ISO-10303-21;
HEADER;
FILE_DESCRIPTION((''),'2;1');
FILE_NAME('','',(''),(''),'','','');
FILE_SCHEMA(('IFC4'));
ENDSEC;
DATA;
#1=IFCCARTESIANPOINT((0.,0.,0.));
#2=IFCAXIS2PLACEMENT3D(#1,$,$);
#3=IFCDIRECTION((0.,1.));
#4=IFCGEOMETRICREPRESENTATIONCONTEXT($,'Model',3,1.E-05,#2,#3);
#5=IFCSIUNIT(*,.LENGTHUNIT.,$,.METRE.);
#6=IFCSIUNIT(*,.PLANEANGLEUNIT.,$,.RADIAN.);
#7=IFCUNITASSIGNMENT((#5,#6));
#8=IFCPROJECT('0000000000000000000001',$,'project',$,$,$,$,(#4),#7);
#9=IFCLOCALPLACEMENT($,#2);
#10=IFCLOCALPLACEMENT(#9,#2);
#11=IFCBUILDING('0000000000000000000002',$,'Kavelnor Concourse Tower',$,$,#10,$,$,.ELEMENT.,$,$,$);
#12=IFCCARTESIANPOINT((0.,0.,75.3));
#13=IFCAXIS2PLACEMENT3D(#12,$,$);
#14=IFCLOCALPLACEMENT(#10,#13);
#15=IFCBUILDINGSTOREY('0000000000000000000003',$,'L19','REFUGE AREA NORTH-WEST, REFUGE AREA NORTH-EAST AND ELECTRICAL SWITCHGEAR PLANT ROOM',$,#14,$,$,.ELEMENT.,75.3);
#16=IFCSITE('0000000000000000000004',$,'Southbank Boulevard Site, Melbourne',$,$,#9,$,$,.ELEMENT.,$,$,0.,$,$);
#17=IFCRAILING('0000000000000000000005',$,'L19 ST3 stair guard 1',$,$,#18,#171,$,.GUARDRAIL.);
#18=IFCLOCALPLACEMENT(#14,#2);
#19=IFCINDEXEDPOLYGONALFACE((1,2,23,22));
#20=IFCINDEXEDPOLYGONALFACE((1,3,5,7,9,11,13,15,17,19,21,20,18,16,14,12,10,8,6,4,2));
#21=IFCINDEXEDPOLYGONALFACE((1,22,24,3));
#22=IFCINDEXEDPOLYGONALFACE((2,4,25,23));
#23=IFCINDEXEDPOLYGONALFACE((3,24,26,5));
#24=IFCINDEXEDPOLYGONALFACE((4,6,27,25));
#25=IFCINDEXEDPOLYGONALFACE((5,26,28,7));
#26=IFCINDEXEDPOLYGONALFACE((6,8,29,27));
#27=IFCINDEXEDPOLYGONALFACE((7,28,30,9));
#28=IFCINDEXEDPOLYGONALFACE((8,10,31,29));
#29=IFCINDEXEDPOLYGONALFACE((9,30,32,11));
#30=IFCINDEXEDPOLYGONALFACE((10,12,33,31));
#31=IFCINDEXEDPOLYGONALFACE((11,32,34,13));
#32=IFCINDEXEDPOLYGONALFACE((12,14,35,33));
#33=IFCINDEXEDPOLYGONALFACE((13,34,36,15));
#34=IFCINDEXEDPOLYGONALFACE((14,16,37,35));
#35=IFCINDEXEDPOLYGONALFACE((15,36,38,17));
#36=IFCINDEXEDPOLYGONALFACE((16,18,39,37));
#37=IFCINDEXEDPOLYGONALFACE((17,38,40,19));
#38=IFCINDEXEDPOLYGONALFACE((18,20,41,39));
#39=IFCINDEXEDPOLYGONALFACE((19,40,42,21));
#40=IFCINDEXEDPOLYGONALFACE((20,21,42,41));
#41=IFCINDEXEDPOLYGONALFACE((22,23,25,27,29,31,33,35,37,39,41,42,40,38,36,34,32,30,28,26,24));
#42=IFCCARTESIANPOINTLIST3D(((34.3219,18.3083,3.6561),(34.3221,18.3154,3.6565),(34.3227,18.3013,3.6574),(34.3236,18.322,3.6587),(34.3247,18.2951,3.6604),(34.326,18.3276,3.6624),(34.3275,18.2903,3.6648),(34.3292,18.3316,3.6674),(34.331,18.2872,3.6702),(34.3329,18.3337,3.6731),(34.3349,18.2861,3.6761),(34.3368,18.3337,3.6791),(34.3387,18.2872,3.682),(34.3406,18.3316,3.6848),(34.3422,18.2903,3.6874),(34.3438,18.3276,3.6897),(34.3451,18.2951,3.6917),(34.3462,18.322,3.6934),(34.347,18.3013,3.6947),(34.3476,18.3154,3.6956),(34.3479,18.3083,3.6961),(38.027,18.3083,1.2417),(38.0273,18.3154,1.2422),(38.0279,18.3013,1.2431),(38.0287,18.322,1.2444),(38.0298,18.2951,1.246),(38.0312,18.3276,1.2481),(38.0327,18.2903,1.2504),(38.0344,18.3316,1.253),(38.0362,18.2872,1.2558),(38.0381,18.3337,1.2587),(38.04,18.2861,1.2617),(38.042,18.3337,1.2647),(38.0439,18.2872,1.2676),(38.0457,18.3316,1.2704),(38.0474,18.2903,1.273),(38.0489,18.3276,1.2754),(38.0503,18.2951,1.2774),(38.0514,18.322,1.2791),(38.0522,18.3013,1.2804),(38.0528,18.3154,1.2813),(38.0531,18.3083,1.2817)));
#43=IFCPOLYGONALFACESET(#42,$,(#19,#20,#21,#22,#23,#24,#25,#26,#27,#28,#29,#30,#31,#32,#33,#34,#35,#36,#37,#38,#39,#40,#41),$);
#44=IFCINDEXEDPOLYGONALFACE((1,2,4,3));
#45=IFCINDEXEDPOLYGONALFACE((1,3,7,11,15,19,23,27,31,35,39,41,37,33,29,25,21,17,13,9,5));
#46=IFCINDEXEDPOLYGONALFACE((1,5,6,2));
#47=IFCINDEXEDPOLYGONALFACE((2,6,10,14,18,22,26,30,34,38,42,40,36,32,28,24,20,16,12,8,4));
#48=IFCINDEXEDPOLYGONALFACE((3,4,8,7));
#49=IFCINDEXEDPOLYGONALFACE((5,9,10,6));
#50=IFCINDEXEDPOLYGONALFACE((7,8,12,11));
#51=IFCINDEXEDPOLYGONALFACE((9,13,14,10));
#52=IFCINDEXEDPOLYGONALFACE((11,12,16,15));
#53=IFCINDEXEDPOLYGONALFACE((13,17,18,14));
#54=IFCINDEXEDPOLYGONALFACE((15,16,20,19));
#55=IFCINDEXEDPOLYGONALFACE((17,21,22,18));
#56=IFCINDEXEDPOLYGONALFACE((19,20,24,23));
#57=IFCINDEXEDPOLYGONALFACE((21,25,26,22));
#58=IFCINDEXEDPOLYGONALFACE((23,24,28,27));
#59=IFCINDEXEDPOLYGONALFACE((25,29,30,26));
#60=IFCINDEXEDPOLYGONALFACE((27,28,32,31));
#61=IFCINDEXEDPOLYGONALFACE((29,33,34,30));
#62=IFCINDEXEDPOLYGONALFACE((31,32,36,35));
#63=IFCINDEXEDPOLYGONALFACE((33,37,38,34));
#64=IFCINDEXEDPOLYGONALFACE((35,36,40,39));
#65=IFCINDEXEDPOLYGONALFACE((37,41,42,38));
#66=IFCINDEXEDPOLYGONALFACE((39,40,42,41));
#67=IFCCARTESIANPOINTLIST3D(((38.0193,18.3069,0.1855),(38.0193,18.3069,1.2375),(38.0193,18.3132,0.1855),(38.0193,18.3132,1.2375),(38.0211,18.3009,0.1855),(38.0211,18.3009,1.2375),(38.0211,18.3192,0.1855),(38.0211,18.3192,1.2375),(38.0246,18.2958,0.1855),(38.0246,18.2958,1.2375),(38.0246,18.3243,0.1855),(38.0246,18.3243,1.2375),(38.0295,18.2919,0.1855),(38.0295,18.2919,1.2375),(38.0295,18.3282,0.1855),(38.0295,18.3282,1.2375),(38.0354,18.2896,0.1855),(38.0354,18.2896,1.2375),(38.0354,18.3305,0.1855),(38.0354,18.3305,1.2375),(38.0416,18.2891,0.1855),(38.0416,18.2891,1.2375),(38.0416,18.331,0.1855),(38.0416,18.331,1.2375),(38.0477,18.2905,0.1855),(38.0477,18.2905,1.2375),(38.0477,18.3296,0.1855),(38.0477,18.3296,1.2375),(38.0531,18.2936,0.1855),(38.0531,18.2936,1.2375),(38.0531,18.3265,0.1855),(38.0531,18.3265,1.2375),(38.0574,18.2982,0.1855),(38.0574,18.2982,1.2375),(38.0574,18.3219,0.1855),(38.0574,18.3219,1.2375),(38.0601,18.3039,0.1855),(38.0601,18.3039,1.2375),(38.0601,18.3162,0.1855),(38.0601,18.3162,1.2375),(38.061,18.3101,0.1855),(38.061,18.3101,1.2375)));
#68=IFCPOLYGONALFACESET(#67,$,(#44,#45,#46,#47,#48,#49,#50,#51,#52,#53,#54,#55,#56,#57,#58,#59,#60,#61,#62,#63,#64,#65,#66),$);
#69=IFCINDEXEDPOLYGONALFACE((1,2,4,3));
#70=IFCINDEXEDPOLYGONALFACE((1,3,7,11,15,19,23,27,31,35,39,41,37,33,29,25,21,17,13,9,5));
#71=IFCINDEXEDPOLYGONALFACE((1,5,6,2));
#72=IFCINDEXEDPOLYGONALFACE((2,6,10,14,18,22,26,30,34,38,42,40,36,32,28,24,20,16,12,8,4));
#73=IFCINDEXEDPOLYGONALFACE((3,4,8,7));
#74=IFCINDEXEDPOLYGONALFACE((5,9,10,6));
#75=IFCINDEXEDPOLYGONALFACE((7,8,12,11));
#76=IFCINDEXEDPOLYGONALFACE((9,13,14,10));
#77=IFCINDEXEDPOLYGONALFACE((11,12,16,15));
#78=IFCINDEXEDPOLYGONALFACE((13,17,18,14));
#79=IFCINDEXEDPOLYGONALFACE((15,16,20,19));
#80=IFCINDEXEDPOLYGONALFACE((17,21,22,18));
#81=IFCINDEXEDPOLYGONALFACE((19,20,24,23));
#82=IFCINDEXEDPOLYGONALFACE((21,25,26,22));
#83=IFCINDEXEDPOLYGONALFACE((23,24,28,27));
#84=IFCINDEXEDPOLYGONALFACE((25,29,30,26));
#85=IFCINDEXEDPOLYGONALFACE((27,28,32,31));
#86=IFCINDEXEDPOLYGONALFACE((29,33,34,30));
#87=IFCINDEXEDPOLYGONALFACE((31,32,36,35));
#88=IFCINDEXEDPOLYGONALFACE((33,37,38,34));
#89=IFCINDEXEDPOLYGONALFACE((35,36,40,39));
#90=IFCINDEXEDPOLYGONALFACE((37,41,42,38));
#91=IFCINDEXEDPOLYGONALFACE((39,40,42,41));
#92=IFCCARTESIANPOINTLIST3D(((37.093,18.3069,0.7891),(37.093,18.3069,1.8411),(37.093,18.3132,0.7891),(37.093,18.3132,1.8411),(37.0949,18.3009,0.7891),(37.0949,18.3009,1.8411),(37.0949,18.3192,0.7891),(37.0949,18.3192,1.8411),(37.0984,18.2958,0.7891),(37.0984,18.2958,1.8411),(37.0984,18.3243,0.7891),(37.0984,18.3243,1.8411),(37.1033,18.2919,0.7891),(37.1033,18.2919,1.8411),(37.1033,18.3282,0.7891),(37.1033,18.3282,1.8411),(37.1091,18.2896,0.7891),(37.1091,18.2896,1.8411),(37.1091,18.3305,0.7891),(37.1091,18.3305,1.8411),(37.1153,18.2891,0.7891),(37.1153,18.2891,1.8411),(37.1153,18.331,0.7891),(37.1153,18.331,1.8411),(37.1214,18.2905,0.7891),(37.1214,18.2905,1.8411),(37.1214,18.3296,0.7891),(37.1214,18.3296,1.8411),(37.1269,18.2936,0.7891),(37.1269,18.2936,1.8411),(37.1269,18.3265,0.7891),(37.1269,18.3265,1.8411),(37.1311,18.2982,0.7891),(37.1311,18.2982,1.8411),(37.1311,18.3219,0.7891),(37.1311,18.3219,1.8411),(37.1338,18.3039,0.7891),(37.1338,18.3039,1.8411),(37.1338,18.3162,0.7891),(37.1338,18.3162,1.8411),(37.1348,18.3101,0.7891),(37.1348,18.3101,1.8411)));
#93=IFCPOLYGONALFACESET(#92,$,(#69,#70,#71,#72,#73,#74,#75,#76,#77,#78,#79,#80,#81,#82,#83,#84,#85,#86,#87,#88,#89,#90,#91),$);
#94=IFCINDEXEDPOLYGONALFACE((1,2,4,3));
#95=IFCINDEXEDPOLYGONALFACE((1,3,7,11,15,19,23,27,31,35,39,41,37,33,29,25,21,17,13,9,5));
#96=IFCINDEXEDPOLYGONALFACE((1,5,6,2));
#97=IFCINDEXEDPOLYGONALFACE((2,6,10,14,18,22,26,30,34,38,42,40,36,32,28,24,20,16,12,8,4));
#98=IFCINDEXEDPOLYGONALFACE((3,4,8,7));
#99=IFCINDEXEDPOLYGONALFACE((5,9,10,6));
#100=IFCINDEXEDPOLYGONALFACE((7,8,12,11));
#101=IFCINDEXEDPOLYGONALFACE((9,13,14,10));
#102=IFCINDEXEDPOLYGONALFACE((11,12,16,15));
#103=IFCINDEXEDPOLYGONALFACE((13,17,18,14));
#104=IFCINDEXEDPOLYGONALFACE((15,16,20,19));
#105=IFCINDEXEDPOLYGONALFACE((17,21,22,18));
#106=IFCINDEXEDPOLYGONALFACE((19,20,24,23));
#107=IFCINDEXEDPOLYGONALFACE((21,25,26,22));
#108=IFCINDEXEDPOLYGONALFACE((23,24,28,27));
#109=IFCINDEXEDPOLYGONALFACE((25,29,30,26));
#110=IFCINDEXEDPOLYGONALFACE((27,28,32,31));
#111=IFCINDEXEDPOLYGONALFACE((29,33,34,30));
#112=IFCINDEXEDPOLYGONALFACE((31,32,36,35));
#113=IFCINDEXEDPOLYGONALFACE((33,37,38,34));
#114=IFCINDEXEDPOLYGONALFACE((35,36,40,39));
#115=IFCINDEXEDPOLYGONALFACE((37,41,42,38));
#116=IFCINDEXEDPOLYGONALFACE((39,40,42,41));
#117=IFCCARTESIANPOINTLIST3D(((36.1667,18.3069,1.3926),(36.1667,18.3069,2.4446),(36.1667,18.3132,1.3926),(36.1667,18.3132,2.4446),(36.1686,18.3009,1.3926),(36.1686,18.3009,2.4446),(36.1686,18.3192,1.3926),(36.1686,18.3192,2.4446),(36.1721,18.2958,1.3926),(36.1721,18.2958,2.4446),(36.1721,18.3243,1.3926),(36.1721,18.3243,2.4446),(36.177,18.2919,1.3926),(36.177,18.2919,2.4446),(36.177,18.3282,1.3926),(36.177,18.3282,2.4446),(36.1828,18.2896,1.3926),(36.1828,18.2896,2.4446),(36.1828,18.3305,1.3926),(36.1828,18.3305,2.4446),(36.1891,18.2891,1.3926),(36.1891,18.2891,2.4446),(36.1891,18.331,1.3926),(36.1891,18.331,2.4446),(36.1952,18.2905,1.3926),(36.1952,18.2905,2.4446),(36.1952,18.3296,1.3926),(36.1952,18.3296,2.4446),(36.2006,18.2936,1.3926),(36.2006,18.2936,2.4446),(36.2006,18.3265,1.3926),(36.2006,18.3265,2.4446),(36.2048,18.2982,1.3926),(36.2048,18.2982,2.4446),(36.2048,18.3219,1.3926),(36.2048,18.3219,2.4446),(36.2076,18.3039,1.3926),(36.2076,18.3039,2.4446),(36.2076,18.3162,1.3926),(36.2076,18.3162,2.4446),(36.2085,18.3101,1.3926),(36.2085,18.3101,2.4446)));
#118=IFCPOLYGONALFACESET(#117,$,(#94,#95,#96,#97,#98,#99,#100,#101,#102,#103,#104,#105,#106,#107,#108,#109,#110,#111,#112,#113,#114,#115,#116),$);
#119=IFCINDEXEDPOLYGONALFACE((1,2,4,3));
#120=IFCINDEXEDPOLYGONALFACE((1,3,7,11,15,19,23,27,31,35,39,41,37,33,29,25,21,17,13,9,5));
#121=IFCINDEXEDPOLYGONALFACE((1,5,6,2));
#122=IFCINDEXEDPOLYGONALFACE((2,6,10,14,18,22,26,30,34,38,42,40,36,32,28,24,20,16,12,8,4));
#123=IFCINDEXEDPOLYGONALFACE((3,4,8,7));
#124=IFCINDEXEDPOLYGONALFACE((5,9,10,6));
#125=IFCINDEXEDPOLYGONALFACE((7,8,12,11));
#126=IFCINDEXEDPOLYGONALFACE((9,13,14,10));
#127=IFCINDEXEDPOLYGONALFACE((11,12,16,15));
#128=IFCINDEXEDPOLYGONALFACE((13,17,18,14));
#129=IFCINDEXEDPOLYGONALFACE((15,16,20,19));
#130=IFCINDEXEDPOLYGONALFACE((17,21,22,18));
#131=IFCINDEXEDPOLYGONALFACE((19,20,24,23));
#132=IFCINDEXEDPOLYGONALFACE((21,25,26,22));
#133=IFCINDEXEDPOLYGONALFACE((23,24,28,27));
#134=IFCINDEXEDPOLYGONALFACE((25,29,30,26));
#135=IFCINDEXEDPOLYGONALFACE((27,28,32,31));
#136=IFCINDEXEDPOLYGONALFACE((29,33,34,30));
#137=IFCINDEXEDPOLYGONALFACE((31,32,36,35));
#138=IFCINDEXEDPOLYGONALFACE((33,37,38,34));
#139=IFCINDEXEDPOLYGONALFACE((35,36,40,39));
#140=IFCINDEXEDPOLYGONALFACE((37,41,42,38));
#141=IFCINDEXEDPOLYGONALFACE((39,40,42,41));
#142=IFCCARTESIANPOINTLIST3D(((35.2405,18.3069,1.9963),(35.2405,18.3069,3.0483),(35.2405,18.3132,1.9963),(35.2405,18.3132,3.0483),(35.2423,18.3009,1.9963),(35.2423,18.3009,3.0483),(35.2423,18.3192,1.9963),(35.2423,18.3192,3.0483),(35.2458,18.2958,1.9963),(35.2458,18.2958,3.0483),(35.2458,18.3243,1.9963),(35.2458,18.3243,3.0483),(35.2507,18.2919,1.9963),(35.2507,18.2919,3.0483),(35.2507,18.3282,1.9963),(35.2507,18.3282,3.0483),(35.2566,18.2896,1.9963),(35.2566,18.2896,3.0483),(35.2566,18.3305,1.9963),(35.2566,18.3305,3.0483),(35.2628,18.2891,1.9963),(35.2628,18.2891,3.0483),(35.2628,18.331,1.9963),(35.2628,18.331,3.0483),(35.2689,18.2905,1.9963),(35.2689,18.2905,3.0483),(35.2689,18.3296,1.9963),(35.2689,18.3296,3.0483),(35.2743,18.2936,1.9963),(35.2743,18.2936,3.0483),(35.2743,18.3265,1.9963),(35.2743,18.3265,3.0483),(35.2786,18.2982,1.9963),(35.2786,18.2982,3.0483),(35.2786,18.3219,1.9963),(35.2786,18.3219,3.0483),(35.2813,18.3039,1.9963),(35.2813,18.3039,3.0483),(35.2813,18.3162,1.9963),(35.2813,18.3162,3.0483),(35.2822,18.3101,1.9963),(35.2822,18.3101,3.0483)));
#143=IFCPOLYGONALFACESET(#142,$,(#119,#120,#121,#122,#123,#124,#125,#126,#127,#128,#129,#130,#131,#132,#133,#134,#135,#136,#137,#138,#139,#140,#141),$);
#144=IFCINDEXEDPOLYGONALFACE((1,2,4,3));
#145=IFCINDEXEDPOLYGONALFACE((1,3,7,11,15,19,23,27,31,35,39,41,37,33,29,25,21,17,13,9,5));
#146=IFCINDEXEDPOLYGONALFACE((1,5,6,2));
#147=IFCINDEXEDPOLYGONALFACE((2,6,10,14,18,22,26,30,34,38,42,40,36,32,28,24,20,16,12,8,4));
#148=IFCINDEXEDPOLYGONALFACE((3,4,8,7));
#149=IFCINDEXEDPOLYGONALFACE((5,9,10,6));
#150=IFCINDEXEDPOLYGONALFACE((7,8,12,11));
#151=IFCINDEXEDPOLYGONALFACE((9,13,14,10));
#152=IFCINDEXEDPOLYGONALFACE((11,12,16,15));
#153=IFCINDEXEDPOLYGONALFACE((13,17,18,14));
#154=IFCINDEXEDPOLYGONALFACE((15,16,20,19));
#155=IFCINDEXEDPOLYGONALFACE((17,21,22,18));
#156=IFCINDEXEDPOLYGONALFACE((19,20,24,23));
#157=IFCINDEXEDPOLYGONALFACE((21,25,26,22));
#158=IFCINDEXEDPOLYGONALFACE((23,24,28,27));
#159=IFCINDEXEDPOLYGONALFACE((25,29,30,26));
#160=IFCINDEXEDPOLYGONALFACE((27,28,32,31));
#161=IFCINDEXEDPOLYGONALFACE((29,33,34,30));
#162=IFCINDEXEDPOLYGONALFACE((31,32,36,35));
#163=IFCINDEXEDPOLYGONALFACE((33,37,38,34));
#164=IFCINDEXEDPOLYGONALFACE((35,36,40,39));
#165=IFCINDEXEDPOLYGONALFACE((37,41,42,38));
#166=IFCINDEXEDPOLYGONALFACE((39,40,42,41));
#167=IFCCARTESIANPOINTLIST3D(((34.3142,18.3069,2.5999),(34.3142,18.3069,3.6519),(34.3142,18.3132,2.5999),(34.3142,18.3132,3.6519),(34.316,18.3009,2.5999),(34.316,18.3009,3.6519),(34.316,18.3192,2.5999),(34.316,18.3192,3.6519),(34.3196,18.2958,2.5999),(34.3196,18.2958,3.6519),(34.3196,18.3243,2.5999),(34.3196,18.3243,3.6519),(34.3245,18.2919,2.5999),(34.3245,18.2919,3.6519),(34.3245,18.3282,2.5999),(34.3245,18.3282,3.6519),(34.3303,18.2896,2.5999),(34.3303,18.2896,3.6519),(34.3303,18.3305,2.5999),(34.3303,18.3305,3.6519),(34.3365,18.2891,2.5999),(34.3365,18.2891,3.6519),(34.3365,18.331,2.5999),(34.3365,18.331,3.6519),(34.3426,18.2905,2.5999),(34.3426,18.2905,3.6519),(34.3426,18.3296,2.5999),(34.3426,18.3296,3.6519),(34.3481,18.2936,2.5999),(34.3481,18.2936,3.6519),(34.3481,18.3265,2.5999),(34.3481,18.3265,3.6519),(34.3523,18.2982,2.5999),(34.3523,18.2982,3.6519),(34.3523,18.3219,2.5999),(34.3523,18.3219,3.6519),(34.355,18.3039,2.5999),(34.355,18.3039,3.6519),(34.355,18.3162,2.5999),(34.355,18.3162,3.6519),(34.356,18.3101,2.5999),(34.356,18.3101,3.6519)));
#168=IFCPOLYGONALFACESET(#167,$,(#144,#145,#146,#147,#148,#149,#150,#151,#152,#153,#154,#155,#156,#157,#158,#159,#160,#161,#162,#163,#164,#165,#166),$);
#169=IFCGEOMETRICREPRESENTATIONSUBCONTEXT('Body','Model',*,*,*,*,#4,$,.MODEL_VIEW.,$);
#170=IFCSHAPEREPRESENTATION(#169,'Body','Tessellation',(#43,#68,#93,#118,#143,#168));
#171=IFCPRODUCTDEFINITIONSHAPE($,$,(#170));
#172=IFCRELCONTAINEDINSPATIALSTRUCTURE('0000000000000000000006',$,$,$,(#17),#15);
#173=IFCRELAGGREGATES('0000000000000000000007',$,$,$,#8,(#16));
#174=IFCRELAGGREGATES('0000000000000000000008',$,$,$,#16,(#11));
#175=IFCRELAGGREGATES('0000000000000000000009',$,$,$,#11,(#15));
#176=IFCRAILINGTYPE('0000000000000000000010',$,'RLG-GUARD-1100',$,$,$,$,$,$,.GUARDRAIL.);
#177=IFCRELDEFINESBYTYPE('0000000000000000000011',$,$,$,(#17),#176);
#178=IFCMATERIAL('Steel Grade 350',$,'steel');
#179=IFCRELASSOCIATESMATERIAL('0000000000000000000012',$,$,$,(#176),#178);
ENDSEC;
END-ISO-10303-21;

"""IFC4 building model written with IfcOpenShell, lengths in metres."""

from ifc_helpers import new_model, si_unit, direction, frame, origin, origin_2d, place, context, subcontext, project, spatial, circle, extrude, material, type_object, element, save


model = new_model("IFC4")

# Units and contexts
model_context = context("Model", 3, precision=1e-05, world=origin(), true_north=direction((0.0, 1.0)))
body_context = subcontext(model_context, "Body", "Model", "MODEL_VIEW")
ifc_project = project(units=[si_unit("LENGTHUNIT", "METRE"), si_unit("PLANEANGLEUNIT", "RADIAN")], contexts=[model_context])

# Site, building, storey
site_placement = place(None, origin())
site = spatial("IfcSite", under=ifc_project, at=site_placement, Name="Southbank Boulevard Site, Melbourne", CompositionType="ELEMENT", RefElevation=0.0)
building_placement = place(site_placement, origin())
building = spatial("IfcBuilding", under=site, at=building_placement, Name="Kavelnor Concourse Tower", CompositionType="ELEMENT")
storey_placement = place(building_placement, frame((0.0, 0.0, 75.3)))
storey = spatial("IfcBuildingStorey", under=building, at=storey_placement, Name="L19", Description="REFUGE AREA NORTH-WEST, REFUGE AREA NORTH-EAST AND ELECTRICAL SWITCHGEAR PLANT ROOM", CompositionType="ELEMENT", Elevation=75.3)

# Shared definitions
ifc_material_1 = material(Name="Steel Grade 350", Category="steel")

# Railing
railing_type_1 = type_object("IfcRailingType", Name="RLG-GUARD-1100", PredefinedType="GUARDRAIL", material=ifc_material_1)
railing_1_placement = place(storey_placement, frame((38.04, 18.3101, 0.1855)))
element("IfcRailing", 1, at=railing_1_placement, inside=storey, type_object=railing_type_1, Name="L19 ST3 stair guard 1", PredefinedType="GUARDRAIL", context=body_context, shape_type="SweptSolid", body=[
    extrude(circle(Radius=0.0239, at=origin_2d()), frame((0.0, 0.0, 1.0762), z_axis=(-0.837823, 0.0, 0.545943), x_axis=(0.0, -1.0, 0.0)), (0.0, 0.0, 1.0), 4.4224),
    extrude(circle(Radius=0.021, at=origin_2d()), origin(), (0.0, 0.0, 1.0), 1.052),
    extrude(circle(Radius=0.021, at=origin_2d()), frame((-0.9263, 0.0, 0.6035)), (0.0, 0.0, 1.0), 1.052),
    extrude(circle(Radius=0.021, at=origin_2d()), frame((-1.8525, 0.0, 1.207)), (0.0, 0.0, 1.0), 1.052),
    extrude(circle(Radius=0.021, at=origin_2d()), frame((-2.7788, 0.0, 1.8108)), (0.0, 0.0, 1.0), 1.052),
    extrude(circle(Radius=0.021, at=origin_2d()), frame((-3.7051, 0.0, 2.4143)), (0.0, 0.0, 1.0), 1.052),
])

save(model, "model.ifc")
